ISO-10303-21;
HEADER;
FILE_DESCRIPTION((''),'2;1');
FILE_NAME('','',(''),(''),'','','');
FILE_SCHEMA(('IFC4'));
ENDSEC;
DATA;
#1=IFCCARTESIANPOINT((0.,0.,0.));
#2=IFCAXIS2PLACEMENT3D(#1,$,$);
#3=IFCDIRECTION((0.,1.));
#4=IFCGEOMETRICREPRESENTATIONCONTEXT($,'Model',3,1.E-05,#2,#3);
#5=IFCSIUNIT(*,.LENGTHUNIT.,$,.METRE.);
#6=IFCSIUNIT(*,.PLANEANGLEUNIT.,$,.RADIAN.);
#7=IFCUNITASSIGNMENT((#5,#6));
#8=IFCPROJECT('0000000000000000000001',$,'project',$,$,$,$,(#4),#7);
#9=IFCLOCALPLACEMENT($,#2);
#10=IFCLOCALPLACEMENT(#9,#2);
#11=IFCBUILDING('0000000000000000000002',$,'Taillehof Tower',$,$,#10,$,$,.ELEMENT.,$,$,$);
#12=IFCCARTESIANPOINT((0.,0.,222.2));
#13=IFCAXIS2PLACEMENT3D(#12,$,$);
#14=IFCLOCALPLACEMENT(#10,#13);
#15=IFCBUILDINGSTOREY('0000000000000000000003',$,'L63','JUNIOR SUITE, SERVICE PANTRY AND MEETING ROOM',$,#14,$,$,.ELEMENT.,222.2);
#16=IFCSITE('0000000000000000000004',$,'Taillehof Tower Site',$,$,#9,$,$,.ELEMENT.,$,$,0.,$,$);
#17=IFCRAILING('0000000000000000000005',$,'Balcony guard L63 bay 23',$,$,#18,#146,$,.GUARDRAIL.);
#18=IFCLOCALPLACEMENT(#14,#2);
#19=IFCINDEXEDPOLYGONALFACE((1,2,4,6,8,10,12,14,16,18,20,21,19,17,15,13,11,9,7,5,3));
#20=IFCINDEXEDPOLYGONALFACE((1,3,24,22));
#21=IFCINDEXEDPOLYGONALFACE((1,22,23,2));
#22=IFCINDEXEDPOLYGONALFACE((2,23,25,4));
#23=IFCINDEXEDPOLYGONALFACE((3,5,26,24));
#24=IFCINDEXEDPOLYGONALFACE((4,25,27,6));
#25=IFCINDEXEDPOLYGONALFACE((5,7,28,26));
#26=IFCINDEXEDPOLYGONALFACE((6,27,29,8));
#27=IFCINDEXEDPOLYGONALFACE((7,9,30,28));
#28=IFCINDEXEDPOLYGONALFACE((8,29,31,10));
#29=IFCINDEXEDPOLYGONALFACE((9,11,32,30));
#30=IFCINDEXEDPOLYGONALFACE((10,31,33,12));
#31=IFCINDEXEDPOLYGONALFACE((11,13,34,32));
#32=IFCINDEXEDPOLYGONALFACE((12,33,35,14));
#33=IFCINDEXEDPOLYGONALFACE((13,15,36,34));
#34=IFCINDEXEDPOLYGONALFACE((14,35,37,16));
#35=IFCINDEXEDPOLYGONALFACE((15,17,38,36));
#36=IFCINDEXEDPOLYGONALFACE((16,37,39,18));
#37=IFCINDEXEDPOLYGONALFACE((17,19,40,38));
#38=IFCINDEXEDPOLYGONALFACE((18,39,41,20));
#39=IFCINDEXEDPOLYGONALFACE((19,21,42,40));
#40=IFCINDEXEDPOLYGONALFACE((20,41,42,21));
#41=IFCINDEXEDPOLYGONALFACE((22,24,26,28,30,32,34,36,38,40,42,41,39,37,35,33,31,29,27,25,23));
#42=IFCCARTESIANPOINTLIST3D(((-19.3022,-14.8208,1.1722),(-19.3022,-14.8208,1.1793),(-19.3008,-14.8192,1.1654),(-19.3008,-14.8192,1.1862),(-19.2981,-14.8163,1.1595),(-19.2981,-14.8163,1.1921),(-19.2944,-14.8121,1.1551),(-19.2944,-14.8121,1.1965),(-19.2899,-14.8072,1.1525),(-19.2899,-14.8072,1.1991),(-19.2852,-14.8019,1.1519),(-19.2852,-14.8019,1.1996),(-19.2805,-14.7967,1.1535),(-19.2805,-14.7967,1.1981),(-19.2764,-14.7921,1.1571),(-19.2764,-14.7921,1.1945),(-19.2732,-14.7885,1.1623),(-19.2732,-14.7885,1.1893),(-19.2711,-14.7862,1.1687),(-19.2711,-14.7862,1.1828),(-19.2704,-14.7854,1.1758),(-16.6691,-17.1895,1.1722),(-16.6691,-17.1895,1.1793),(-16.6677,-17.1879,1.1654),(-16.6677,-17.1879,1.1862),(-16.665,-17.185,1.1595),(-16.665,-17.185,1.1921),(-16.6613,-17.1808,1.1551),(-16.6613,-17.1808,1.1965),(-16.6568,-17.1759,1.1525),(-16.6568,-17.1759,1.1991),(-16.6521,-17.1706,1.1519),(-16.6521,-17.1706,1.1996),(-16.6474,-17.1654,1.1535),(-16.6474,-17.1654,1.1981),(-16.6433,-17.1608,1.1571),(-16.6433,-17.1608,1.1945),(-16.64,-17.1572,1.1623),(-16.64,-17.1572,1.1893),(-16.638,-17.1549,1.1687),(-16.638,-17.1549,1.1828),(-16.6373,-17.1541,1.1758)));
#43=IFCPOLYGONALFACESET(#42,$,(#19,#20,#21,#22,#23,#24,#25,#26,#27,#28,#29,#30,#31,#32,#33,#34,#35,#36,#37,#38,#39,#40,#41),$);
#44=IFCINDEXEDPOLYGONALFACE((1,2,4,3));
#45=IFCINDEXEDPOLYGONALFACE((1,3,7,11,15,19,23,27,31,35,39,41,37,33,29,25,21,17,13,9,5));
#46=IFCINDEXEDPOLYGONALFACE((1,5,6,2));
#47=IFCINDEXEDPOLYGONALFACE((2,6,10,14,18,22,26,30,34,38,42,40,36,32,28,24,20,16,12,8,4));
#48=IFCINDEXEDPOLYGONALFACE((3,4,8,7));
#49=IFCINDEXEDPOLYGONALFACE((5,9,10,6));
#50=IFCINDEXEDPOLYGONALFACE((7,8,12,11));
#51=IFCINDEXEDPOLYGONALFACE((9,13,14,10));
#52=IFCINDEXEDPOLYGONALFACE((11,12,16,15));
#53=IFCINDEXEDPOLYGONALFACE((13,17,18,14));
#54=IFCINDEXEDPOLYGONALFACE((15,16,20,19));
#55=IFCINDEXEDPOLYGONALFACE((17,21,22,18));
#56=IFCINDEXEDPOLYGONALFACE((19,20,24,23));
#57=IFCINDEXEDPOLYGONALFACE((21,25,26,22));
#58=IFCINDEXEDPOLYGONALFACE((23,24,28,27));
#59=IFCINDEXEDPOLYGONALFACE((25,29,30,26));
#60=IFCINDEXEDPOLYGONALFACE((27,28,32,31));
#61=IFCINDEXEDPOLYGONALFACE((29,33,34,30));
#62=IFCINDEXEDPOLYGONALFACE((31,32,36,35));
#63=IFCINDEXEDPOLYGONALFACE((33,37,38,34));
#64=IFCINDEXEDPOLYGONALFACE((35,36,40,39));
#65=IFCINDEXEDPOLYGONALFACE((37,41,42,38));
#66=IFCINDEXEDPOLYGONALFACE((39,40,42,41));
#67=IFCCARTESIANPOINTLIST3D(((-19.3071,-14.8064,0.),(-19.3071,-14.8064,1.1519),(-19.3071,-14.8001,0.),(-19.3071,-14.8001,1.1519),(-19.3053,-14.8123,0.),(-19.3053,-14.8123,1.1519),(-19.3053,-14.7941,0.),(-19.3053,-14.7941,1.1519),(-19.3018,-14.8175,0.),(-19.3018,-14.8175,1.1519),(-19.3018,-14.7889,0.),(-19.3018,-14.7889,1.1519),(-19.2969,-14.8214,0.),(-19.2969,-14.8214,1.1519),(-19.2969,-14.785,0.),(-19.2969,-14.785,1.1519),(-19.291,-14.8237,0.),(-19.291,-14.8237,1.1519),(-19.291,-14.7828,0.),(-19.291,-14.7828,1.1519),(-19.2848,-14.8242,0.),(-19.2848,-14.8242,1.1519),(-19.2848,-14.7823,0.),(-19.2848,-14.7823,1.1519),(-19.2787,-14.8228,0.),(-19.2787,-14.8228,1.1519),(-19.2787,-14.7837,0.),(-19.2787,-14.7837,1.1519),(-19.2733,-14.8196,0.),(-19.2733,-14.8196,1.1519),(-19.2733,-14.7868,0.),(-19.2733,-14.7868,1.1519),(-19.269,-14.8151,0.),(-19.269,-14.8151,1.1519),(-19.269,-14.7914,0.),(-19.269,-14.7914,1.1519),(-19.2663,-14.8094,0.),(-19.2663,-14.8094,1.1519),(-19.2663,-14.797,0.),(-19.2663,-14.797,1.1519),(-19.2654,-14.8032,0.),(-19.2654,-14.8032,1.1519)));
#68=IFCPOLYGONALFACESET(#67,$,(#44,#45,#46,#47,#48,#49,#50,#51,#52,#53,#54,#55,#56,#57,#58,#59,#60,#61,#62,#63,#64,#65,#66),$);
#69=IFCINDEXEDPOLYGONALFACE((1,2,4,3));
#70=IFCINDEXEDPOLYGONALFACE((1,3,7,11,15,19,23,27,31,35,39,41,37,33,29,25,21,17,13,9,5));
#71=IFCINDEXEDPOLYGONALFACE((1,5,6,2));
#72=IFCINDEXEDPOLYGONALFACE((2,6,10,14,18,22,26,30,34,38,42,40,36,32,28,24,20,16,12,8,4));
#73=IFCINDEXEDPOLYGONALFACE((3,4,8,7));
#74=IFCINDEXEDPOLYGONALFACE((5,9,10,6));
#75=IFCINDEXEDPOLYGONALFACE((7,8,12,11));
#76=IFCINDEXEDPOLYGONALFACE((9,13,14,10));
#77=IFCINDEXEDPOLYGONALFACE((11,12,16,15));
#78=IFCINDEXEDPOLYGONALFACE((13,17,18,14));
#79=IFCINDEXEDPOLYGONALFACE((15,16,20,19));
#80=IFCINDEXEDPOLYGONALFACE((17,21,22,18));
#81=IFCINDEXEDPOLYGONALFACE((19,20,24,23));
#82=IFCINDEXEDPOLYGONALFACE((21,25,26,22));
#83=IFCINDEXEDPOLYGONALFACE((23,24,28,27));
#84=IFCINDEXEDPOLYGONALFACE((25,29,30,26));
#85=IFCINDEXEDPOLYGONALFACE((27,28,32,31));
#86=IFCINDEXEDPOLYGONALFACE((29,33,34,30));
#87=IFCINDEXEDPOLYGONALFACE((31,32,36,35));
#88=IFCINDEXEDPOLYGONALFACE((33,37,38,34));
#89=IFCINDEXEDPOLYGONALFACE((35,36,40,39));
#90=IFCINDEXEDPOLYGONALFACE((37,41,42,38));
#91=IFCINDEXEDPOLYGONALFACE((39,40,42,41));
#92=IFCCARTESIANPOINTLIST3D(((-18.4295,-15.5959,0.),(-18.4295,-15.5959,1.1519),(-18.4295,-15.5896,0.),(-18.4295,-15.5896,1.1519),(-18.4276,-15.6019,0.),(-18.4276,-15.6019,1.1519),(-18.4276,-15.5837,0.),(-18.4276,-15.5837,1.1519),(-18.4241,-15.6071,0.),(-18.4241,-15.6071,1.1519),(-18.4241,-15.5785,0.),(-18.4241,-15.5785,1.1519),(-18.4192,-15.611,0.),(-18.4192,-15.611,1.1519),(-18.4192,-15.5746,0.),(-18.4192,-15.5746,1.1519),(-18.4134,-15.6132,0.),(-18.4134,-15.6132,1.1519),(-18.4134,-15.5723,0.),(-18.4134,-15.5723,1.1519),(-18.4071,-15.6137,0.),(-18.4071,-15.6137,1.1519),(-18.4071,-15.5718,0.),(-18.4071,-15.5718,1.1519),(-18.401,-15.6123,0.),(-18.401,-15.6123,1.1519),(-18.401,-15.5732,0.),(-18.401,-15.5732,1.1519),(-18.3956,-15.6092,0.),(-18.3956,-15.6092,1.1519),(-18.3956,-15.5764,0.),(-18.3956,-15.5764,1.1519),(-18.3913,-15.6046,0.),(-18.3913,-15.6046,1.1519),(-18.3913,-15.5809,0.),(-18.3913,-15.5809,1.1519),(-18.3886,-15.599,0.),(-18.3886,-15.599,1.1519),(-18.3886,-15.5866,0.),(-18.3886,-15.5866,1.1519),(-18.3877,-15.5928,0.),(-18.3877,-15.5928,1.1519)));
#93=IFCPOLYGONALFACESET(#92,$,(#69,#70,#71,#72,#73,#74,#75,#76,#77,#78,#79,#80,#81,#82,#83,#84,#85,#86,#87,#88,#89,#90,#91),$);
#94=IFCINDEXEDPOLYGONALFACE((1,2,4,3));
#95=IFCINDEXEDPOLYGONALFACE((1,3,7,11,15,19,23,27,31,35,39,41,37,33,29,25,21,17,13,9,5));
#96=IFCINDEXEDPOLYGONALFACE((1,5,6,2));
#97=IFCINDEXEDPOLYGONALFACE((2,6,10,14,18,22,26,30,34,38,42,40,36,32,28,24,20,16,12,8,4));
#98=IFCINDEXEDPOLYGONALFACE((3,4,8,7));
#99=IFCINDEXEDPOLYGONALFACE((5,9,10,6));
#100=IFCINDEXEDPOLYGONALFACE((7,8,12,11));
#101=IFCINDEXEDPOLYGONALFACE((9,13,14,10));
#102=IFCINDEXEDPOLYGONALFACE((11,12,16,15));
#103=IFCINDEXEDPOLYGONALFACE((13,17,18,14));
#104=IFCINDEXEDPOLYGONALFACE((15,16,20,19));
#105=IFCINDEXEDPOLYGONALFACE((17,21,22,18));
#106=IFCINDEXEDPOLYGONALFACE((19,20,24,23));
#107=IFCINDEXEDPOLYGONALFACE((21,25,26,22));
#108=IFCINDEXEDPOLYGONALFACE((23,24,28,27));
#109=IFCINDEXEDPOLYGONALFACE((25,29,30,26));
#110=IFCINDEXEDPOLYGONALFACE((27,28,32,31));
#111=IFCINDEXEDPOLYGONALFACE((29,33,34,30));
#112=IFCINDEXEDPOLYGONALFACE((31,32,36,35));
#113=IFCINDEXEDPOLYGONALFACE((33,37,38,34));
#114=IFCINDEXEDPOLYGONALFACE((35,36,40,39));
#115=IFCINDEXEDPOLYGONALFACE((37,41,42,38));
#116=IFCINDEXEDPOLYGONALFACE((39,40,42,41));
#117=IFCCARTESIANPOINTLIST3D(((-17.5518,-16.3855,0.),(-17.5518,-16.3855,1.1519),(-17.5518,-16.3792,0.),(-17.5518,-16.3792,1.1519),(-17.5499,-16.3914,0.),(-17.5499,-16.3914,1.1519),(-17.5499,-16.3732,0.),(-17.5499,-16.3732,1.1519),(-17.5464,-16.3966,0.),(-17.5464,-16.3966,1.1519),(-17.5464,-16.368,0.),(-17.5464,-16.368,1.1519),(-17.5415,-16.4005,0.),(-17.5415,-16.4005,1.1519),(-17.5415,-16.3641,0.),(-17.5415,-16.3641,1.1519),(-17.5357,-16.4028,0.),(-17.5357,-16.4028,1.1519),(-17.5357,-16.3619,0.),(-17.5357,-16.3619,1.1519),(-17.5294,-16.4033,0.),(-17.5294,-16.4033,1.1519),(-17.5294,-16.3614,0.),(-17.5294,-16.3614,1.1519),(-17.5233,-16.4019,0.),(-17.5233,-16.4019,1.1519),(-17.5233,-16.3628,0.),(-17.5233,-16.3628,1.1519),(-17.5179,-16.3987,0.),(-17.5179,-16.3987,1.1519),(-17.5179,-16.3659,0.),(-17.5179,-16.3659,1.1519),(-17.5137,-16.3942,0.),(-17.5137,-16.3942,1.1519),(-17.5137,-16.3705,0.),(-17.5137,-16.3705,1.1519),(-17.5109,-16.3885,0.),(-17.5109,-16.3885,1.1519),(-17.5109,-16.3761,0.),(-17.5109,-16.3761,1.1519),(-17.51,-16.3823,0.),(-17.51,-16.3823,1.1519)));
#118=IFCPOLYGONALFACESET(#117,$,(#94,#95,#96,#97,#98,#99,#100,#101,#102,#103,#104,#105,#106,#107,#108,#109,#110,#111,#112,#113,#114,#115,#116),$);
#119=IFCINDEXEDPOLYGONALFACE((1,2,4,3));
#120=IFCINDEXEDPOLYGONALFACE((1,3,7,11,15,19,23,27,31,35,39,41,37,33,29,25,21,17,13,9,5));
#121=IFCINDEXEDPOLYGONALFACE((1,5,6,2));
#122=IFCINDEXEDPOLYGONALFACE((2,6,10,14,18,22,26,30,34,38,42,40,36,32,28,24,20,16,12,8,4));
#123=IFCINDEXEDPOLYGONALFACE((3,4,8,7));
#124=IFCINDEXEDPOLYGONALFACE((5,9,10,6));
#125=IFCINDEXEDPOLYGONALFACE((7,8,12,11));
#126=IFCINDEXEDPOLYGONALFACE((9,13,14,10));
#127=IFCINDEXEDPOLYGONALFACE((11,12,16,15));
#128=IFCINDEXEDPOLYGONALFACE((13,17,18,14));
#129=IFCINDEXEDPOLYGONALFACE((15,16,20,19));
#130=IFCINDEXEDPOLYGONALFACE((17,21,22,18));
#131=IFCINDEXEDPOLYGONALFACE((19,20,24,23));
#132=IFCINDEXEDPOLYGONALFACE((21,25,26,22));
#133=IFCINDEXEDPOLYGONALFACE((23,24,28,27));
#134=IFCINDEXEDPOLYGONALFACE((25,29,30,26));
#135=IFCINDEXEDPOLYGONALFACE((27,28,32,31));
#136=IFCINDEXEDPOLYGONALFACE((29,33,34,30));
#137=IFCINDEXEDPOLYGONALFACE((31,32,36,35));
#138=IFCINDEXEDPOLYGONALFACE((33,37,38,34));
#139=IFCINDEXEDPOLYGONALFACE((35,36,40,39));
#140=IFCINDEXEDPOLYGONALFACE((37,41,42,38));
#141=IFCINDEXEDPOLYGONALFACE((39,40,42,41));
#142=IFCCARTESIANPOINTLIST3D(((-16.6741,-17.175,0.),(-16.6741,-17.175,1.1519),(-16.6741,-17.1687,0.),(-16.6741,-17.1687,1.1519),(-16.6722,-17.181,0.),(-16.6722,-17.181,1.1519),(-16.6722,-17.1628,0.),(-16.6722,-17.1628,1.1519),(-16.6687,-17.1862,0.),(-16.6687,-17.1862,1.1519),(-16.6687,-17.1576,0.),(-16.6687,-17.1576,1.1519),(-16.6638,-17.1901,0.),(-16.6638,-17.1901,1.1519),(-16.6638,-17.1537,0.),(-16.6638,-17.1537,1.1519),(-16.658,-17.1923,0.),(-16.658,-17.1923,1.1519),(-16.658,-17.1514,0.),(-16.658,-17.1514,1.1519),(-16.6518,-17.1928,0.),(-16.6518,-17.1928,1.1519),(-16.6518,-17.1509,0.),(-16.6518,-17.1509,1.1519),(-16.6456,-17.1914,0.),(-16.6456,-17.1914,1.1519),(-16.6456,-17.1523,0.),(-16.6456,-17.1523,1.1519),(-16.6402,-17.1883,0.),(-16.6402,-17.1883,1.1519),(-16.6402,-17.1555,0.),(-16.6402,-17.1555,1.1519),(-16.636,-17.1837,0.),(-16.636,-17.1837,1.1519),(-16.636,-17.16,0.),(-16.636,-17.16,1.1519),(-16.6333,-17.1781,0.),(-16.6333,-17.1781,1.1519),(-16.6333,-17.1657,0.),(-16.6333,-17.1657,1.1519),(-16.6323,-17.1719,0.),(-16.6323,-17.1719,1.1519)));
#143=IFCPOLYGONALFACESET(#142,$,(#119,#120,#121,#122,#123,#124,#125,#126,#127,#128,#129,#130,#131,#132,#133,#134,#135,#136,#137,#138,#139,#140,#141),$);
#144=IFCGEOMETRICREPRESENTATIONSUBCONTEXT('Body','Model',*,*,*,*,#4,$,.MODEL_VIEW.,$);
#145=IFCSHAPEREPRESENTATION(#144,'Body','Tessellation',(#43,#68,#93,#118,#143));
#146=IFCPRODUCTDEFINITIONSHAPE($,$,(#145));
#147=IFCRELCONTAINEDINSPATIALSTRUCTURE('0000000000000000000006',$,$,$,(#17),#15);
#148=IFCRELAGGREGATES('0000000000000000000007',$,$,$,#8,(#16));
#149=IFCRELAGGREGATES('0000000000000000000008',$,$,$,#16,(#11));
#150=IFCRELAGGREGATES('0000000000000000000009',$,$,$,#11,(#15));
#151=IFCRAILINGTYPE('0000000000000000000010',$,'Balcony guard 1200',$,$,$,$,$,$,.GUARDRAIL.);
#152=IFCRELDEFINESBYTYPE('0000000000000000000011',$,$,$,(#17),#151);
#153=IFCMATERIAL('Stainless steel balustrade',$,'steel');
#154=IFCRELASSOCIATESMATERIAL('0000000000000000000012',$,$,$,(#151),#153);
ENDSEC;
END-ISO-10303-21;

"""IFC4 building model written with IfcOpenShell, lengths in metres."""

from ifc_helpers import new_model, si_unit, direction, frame, origin, origin_2d, place, context, subcontext, project, spatial, circle, extrude, material, type_object, element, save


model = new_model("IFC4")

# Units and contexts
model_context = context("Model", 3, precision=1e-05, world=origin(), true_north=direction((0.0, 1.0)))
body_context = subcontext(model_context, "Body", "Model", "MODEL_VIEW")
ifc_project = project(units=[si_unit("LENGTHUNIT", "METRE"), si_unit("PLANEANGLEUNIT", "RADIAN")], contexts=[model_context])

# Site, building, storey
site_placement = place(None, origin())
site = spatial("IfcSite", under=ifc_project, at=site_placement, Name="Taillehof Tower Site", CompositionType="ELEMENT", RefElevation=0.0)
building_placement = place(site_placement, origin())
building = spatial("IfcBuilding", under=site, at=building_placement, Name="Taillehof Tower", CompositionType="ELEMENT")
storey_placement = place(building_placement, frame((0.0, 0.0, 222.2)))
storey = spatial("IfcBuildingStorey", under=building, at=storey_placement, Name="L63", Description="JUNIOR SUITE, SERVICE PANTRY AND MEETING ROOM", CompositionType="ELEMENT", Elevation=222.2)

# Railing
ifc_material_1 = material(Name="Stainless steel balustrade", Category="steel")
railing_type = type_object("IfcRailingType", Name="Balcony guard 1200", PredefinedType="GUARDRAIL", material=ifc_material_1)
railing_1_placement = place(storey_placement, frame((-19.2864, -14.8032, 0.0)))
element("IfcRailing", 1, at=railing_1_placement, inside=storey, type_object=railing_type, Name="Balcony guard L63 bay 23", PredefinedType="GUARDRAIL", context=body_context, shape_type="SweptSolid", body=[
    extrude(circle(Radius=0.0239, at=origin_2d()), frame((0.0, 0.0, 1.1758), z_axis=(0.743448, -0.668793, 0.0), x_axis=(0.668793, 0.743448, 0.0)), (0.0, 0.0, 1.0), 3.5417),
    extrude(circle(Radius=0.021, at=origin_2d()), origin(), (0.0, 0.0, 1.0), 1.1519),
    extrude(circle(Radius=0.021, at=origin_2d()), frame((0.8777, -0.7896, 0.0)), (0.0, 0.0, 1.0), 1.1519),
    extrude(circle(Radius=0.021, at=origin_2d()), frame((1.7554, -1.5791, 0.0)), (0.0, 0.0, 1.0), 1.1519),
    extrude(circle(Radius=0.021, at=origin_2d()), frame((2.6331, -2.3687, 0.0)), (0.0, 0.0, 1.0), 1.1519),
])

save(model, "model.ifc")
